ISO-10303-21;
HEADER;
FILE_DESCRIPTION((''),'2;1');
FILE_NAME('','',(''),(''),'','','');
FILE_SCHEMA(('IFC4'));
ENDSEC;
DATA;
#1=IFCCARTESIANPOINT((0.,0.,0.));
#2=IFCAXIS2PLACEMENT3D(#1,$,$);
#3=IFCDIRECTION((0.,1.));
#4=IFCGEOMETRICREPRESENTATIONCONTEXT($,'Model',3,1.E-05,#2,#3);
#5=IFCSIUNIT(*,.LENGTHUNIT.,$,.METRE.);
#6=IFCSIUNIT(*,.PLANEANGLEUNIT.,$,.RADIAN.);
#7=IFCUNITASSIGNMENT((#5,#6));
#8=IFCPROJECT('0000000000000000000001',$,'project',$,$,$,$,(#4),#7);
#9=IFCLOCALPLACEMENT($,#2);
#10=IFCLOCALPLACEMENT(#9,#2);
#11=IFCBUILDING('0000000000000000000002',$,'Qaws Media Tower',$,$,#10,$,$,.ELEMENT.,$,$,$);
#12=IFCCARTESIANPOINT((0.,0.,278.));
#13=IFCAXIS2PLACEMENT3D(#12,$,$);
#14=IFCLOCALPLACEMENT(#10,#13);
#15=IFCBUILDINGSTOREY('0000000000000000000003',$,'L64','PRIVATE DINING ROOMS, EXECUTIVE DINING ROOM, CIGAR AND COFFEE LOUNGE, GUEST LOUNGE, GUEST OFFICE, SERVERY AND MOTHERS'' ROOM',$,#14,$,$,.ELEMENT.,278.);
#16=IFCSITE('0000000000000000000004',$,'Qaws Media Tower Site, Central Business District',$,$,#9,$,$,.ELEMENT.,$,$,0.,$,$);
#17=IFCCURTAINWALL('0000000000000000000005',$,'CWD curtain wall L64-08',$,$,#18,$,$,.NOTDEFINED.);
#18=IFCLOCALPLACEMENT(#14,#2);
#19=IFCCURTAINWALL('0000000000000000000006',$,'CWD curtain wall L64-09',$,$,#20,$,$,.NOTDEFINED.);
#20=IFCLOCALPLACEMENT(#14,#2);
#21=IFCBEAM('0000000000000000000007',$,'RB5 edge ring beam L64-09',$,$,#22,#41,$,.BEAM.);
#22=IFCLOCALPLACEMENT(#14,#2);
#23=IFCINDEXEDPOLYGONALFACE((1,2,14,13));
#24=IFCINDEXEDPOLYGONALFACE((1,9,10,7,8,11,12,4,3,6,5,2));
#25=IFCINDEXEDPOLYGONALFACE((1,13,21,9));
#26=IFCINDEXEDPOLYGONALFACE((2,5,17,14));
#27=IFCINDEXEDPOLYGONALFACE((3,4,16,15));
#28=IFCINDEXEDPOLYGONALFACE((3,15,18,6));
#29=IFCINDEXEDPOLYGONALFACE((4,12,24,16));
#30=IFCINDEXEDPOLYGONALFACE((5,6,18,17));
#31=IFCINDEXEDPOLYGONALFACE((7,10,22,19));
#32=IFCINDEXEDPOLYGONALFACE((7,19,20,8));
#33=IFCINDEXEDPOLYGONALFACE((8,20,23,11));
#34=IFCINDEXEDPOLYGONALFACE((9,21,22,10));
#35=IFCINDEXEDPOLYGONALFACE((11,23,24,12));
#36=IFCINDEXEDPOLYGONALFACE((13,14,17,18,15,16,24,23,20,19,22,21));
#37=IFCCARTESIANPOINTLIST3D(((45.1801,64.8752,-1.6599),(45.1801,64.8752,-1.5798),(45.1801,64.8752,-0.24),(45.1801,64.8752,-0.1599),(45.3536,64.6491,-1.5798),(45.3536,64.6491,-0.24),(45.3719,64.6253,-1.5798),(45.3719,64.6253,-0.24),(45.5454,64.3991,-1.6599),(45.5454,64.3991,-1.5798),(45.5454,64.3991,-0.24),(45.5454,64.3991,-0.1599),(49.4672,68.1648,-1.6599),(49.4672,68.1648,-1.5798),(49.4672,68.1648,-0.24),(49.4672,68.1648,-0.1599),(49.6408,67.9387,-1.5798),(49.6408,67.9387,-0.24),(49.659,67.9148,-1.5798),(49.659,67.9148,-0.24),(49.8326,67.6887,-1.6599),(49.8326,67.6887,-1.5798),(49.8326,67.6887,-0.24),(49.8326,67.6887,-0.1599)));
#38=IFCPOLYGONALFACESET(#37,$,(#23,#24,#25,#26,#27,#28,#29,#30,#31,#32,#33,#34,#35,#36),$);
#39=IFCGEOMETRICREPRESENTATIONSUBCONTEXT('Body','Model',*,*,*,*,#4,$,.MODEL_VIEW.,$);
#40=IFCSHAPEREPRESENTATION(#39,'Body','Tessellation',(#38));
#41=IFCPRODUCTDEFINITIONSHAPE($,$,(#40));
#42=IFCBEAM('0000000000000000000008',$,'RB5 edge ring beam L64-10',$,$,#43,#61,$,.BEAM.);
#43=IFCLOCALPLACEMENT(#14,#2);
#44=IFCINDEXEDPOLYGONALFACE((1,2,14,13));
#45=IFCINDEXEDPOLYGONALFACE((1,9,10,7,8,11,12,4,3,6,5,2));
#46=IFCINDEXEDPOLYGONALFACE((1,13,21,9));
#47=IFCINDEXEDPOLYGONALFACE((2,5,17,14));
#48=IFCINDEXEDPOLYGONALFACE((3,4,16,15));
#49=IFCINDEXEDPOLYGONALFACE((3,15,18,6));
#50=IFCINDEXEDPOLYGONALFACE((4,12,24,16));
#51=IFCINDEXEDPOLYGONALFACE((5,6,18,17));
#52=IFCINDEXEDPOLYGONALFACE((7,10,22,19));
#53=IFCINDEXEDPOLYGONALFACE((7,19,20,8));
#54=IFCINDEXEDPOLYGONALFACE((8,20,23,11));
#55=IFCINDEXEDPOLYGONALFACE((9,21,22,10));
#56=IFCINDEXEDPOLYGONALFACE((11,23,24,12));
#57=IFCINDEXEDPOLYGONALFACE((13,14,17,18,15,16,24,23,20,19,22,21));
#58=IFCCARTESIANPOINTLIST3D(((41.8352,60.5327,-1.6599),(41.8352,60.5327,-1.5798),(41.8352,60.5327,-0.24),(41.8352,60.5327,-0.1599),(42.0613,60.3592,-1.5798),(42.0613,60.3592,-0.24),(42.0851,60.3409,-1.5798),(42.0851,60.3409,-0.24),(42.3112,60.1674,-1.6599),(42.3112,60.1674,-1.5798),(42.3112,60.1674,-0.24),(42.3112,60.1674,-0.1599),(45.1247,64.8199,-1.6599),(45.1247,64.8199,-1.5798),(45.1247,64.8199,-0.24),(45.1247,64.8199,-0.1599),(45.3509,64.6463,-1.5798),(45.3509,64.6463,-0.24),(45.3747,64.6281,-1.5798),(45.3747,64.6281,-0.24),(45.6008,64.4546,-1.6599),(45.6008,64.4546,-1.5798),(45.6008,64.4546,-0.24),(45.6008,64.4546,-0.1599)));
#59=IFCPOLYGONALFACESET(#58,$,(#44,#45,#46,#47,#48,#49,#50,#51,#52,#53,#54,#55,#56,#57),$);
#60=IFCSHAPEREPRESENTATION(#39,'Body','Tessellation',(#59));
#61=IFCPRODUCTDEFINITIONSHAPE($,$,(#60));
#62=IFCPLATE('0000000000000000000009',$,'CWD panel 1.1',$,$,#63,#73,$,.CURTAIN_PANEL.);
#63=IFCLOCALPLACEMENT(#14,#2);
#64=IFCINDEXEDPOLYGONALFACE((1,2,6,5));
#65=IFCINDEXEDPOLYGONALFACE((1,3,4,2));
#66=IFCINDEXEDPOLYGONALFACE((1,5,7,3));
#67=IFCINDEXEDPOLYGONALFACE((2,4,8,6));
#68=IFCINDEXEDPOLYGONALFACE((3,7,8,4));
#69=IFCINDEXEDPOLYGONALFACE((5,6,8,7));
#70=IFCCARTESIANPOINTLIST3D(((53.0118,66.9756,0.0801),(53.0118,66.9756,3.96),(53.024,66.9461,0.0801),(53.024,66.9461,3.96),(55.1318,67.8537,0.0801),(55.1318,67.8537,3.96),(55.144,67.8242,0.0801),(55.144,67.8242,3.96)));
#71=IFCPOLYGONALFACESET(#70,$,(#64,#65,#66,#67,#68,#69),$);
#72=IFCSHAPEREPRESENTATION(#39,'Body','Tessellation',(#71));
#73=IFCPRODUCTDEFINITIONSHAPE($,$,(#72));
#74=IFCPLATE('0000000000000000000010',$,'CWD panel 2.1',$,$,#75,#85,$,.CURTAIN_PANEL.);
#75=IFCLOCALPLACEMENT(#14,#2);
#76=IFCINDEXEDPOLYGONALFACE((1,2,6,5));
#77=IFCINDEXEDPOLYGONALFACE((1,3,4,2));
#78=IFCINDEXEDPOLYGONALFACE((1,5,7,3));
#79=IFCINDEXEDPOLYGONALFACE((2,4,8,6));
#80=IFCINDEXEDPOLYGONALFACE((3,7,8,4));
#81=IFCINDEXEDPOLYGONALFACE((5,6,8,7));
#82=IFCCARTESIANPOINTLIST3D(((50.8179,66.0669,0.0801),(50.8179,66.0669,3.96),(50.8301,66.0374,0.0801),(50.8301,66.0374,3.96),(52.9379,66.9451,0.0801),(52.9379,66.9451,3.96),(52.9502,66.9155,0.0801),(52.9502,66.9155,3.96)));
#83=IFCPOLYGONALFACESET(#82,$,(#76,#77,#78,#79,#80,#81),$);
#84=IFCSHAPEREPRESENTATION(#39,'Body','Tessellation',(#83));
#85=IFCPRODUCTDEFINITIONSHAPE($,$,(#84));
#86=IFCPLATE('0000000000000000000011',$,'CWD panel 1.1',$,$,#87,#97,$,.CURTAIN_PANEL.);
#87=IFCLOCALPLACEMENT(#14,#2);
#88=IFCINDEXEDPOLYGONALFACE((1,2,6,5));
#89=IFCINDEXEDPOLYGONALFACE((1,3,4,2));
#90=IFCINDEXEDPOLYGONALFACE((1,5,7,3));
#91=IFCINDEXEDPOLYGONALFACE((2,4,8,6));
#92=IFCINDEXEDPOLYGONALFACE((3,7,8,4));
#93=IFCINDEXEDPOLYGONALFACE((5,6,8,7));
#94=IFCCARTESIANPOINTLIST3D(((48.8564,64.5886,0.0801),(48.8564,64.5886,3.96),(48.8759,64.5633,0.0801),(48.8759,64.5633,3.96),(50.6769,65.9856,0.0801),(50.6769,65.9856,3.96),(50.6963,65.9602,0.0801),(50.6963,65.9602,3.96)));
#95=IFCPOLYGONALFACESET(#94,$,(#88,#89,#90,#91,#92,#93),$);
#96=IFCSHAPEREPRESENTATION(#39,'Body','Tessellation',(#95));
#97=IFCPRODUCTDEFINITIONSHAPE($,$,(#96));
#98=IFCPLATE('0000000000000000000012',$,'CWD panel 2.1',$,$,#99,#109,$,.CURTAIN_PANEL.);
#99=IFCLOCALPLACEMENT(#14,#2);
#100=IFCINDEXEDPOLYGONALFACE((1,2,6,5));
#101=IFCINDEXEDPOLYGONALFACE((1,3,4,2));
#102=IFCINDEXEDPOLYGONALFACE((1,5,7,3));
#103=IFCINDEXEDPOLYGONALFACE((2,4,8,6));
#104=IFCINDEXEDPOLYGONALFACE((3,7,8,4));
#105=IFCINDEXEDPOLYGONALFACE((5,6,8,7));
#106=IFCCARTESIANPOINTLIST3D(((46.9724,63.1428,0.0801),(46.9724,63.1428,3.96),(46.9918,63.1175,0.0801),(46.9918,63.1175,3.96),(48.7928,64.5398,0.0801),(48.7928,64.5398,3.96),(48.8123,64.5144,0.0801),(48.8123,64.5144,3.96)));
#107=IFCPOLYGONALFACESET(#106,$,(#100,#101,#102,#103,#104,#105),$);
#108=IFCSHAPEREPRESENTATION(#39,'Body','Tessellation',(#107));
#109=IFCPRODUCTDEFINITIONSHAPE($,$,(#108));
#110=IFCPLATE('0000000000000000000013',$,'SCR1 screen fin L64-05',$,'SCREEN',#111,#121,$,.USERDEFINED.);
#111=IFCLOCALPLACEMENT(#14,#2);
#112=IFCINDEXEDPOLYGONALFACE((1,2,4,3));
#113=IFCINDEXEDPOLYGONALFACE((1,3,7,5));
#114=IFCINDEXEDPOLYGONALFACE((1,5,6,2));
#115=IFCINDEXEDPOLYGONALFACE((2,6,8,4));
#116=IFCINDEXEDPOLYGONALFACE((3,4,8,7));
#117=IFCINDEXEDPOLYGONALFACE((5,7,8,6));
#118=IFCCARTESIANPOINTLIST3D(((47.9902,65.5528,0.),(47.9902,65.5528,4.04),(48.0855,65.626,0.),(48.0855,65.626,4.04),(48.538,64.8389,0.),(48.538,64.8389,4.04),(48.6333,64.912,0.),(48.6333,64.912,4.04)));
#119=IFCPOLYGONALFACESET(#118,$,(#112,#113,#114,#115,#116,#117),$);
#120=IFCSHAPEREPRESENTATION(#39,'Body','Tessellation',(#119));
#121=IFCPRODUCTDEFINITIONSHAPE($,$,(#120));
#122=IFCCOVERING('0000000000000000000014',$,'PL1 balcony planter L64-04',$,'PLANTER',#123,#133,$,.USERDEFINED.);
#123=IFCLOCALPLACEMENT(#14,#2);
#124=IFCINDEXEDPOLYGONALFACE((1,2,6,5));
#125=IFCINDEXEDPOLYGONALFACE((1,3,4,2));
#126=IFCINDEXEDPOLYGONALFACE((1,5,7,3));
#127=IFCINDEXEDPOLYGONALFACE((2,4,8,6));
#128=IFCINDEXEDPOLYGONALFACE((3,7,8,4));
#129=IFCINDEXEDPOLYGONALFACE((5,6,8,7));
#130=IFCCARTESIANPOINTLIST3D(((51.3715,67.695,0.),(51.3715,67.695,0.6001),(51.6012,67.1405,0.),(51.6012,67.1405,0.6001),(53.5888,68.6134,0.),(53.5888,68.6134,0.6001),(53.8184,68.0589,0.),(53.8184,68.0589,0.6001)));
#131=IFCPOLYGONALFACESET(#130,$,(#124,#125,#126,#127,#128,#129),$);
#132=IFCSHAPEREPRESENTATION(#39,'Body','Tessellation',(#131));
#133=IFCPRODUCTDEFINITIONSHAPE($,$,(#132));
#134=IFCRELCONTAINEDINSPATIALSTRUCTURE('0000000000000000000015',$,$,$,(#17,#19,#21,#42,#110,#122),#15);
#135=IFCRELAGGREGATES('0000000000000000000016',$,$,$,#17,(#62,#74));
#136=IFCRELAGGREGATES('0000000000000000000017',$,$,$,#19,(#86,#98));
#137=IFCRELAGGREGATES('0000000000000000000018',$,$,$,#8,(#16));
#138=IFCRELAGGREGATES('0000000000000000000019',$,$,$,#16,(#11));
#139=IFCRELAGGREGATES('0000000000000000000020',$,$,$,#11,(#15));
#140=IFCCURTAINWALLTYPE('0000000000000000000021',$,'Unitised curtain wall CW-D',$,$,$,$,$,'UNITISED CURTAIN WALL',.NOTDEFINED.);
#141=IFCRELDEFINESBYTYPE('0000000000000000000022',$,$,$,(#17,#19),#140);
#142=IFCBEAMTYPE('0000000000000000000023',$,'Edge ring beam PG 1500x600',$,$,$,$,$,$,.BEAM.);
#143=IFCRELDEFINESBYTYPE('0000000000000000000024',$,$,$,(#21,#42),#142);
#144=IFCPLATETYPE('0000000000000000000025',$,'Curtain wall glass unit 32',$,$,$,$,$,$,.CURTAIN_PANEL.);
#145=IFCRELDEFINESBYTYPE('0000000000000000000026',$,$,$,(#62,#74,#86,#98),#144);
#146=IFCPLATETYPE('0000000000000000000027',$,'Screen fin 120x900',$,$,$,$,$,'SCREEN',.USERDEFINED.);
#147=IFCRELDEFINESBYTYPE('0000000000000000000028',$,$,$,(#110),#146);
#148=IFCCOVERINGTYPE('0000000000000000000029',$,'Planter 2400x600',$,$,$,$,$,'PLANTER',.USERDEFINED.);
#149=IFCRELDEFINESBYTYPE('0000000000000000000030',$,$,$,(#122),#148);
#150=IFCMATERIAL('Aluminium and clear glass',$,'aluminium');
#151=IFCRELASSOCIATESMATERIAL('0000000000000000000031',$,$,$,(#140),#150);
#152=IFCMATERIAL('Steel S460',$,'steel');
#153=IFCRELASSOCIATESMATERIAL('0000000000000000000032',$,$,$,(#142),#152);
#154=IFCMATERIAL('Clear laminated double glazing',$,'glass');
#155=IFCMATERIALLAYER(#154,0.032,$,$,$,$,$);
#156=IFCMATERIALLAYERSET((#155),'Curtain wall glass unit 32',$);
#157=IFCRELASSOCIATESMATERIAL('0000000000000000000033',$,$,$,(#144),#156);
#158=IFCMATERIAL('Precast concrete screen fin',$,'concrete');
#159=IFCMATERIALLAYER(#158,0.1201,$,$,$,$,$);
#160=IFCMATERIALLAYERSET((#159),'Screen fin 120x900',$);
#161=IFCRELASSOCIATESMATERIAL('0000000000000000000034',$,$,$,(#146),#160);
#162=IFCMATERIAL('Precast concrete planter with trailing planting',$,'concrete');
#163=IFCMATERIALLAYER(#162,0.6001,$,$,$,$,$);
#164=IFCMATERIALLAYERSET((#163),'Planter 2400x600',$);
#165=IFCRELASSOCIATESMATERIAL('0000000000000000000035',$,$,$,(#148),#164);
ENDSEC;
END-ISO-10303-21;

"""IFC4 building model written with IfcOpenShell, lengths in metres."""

from ifc_helpers import new_model, si_unit, direction, frame, origin, origin_2d, place, context, subcontext, project, spatial, rectangle, i_section, extrude, material, layer, layer_set, material_profile, profile_set, type_object, element, aggregate, save


model = new_model("IFC4")

# Units and contexts
model_context = context("Model", 3, precision=1e-05, world=origin(), true_north=direction((0.0, 1.0)))
body_context = subcontext(model_context, "Body", "Model", "MODEL_VIEW")
ifc_project = project(units=[si_unit("LENGTHUNIT", "METRE"), si_unit("PLANEANGLEUNIT", "RADIAN")], contexts=[model_context])

# Site, building, storey
site_placement = place(None, origin())
site = spatial("IfcSite", under=ifc_project, at=site_placement, Name="Qaws Media Tower Site, Central Business District", CompositionType="ELEMENT", RefElevation=0.0)
building_placement = place(site_placement, origin())
building = spatial("IfcBuilding", under=site, at=building_placement, Name="Qaws Media Tower", CompositionType="ELEMENT")
storey_placement = place(building_placement, frame((0.0, 0.0, 278.0)))
storey = spatial("IfcBuildingStorey", under=building, at=storey_placement, Name="L64", Description="PRIVATE DINING ROOMS, EXECUTIVE DINING ROOM, CIGAR AND COFFEE LOUNGE, GUEST LOUNGE, GUEST OFFICE, SERVERY AND MOTHERS' ROOM", CompositionType="ELEMENT", Elevation=278.0)

# Curtain walls
ifc_material_1 = material(Name="Aluminium and clear glass", Category="aluminium")
curtain_wall_type = type_object("IfcCurtainWallType", Name="Unitised curtain wall CW-D", ElementType="UNITISED CURTAIN WALL", PredefinedType="NOTDEFINED", material=ifc_material_1)
curtain_wall_1_placement = place(storey_placement, origin())
curtain_wall_1 = element("IfcCurtainWall", 1, at=curtain_wall_1_placement, inside=storey, type_object=curtain_wall_type, Name="CWD curtain wall L64-08", PredefinedType="NOTDEFINED")
curtain_wall_2_placement = place(storey_placement, origin())
curtain_wall_2 = element("IfcCurtainWall", 2, at=curtain_wall_2_placement, inside=storey, type_object=curtain_wall_type, Name="CWD curtain wall L64-09", PredefinedType="NOTDEFINED")

# Beams
ifc_material_2 = material(Name="Steel S460", Category="steel")
ifc_material_profile_1 = material_profile(ifc_material_2, i_section(OverallWidth=0.6001, OverallDepth=1.5, WebThickness=0.03, FlangeThickness=0.0801, at=origin_2d()), Name="PG 1500x600")
ifc_profile_set_1 = profile_set([ifc_material_profile_1], Name="Steel S460")
beam_type = type_object("IfcBeamType", Name="Edge ring beam PG 1500x600", PredefinedType="BEAM", material=ifc_profile_set_1)
for number, where, z_axis, x_axis, name in (
    (3, (49.6499, 67.9268, -0.9099), (-0.793359, -0.608754, 0.0), (0.608754, -0.793359, 0.0), "RB5 edge ring beam L64-09"),
    (4, (45.3628, 64.6372, -0.9099), (-0.608754, -0.793359, 0.0), (0.793359, -0.608754, 0.0), "RB5 edge ring beam L64-10"),
):
    element("IfcBeam", number, at=place(storey_placement, frame(where, z_axis=z_axis, x_axis=x_axis)), inside=storey, type_object=beam_type, Name=name, PredefinedType="BEAM", context=body_context, shape_type="SweptSolid", body=[
        extrude(i_section(OverallWidth=0.6001, OverallDepth=1.5, WebThickness=0.03, FlangeThickness=0.0801, at=origin_2d()), origin(), (0.0, 0.0, 1.0), 5.4038),
    ])

# Plates
ifc_material_3 = material(Name="Clear laminated double glazing", Category="glass")
ifc_layer_1 = layer(ifc_material_3, 0.032)
ifc_layer_set_1 = layer_set([ifc_layer_1], Name="Curtain wall glass unit 32")
plate_type_1 = type_object("IfcPlateType", Name="Curtain wall glass unit 32", PredefinedType="CURTAIN_PANEL", material=ifc_layer_set_1)
plate_1_placement = place(storey_placement, frame((54.0779, 67.3999, 0.0801), z_axis=(0.0, 0.0, 1.0), x_axis=(-0.92388, -0.382683, 0.0)))
plate_1 = element("IfcPlate", 5, at=plate_1_placement, type_object=plate_type_1, Name="CWD panel 1.1", PredefinedType="CURTAIN_PANEL", context=body_context, shape_type="SweptSolid", body=[
    extrude(rectangle(XDim=2.2947, YDim=0.032, at=origin_2d()), origin(), (0.0, 0.0, 1.0), 3.8799),
])
plate_2_placement = place(storey_placement, frame((51.884, 66.4912, 0.0801), z_axis=(0.0, 0.0, 1.0), x_axis=(-0.92388, -0.382683, 0.0)))
plate_2 = element("IfcPlate", 6, at=plate_2_placement, type_object=plate_type_1, Name="CWD panel 2.1", PredefinedType="CURTAIN_PANEL", context=body_context, shape_type="SweptSolid", body=[
    extrude(rectangle(XDim=2.2947, YDim=0.032, at=origin_2d()), origin(), (0.0, 0.0, 1.0), 3.8799),
])
aggregate(curtain_wall_1, [plate_1, plate_2])
plate_3_placement = place(storey_placement, frame((49.7764, 65.2744, 0.0801), z_axis=(0.0, 0.0, 1.0), x_axis=(-0.793353, -0.608762, 0.0)))
plate_3 = element("IfcPlate", 7, at=plate_3_placement, type_object=plate_type_1, Name="CWD panel 1.1", PredefinedType="CURTAIN_PANEL", context=body_context, shape_type="SweptSolid", body=[
    extrude(rectangle(XDim=2.2947, YDim=0.032, at=origin_2d()), origin(), (0.0, 0.0, 1.0), 3.8799),
])
plate_4_placement = place(storey_placement, frame((47.8923, 63.8286, 0.0801), z_axis=(0.0, 0.0, 1.0), x_axis=(-0.793353, -0.608762, 0.0)))
plate_4 = element("IfcPlate", 8, at=plate_4_placement, type_object=plate_type_1, Name="CWD panel 2.1", PredefinedType="CURTAIN_PANEL", context=body_context, shape_type="SweptSolid", body=[
    extrude(rectangle(XDim=2.2947, YDim=0.032, at=origin_2d()), origin(), (0.0, 0.0, 1.0), 3.8799),
])
aggregate(curtain_wall_2, [plate_3, plate_4])
ifc_material_4 = material(Name="Precast concrete screen fin", Category="concrete")
ifc_layer_2 = layer(ifc_material_4, 0.1201)
ifc_layer_set_2 = layer_set([ifc_layer_2], Name="Screen fin 120x900")
plate_type_2 = type_object("IfcPlateType", Name="Screen fin 120x900", ElementType="SCREEN", PredefinedType="USERDEFINED", material=ifc_layer_set_2)
plate_5_placement = place(storey_placement, frame((48.3118, 65.2324, 0.0), z_axis=(0.0, 0.0, 1.0), x_axis=(-0.608761, 0.793353, 0.0)))
element("IfcPlate", 9, at=plate_5_placement, inside=storey, type_object=plate_type_2, Name="SCR1 screen fin L64-05", ObjectType="SCREEN", PredefinedType="USERDEFINED", context=body_context, shape_type="SweptSolid", body=[
    extrude(rectangle(XDim=0.8999, YDim=0.1201, at=origin_2d()), origin(), (0.0, 0.0, 1.0), 4.04),
])

# Covering
ifc_material_5 = material(Name="Precast concrete planter with trailing planting", Category="concrete")
ifc_layer_3 = layer(ifc_material_5, 0.6001)
ifc_layer_set_3 = layer_set([ifc_layer_3], Name="Planter 2400x600")
covering_type = type_object("IfcCoveringType", Name="Planter 2400x600", ElementType="PLANTER", PredefinedType="USERDEFINED", material=ifc_layer_set_3)
covering_placement = place(storey_placement, frame((52.595, 67.877, 0.0), z_axis=(0.0, 0.0, 1.0), x_axis=(-0.92388, -0.382683, 0.0)))
element("IfcCovering", 10, at=covering_placement, inside=storey, type_object=covering_type, Name="PL1 balcony planter L64-04", ObjectType="PLANTER", PredefinedType="USERDEFINED", context=body_context, shape_type="SweptSolid", body=[
    extrude(rectangle(XDim=2.3999, YDim=0.6001, at=origin_2d()), origin(), (0.0, 0.0, 1.0), 0.6001),
])

save(model, "model.ifc")
